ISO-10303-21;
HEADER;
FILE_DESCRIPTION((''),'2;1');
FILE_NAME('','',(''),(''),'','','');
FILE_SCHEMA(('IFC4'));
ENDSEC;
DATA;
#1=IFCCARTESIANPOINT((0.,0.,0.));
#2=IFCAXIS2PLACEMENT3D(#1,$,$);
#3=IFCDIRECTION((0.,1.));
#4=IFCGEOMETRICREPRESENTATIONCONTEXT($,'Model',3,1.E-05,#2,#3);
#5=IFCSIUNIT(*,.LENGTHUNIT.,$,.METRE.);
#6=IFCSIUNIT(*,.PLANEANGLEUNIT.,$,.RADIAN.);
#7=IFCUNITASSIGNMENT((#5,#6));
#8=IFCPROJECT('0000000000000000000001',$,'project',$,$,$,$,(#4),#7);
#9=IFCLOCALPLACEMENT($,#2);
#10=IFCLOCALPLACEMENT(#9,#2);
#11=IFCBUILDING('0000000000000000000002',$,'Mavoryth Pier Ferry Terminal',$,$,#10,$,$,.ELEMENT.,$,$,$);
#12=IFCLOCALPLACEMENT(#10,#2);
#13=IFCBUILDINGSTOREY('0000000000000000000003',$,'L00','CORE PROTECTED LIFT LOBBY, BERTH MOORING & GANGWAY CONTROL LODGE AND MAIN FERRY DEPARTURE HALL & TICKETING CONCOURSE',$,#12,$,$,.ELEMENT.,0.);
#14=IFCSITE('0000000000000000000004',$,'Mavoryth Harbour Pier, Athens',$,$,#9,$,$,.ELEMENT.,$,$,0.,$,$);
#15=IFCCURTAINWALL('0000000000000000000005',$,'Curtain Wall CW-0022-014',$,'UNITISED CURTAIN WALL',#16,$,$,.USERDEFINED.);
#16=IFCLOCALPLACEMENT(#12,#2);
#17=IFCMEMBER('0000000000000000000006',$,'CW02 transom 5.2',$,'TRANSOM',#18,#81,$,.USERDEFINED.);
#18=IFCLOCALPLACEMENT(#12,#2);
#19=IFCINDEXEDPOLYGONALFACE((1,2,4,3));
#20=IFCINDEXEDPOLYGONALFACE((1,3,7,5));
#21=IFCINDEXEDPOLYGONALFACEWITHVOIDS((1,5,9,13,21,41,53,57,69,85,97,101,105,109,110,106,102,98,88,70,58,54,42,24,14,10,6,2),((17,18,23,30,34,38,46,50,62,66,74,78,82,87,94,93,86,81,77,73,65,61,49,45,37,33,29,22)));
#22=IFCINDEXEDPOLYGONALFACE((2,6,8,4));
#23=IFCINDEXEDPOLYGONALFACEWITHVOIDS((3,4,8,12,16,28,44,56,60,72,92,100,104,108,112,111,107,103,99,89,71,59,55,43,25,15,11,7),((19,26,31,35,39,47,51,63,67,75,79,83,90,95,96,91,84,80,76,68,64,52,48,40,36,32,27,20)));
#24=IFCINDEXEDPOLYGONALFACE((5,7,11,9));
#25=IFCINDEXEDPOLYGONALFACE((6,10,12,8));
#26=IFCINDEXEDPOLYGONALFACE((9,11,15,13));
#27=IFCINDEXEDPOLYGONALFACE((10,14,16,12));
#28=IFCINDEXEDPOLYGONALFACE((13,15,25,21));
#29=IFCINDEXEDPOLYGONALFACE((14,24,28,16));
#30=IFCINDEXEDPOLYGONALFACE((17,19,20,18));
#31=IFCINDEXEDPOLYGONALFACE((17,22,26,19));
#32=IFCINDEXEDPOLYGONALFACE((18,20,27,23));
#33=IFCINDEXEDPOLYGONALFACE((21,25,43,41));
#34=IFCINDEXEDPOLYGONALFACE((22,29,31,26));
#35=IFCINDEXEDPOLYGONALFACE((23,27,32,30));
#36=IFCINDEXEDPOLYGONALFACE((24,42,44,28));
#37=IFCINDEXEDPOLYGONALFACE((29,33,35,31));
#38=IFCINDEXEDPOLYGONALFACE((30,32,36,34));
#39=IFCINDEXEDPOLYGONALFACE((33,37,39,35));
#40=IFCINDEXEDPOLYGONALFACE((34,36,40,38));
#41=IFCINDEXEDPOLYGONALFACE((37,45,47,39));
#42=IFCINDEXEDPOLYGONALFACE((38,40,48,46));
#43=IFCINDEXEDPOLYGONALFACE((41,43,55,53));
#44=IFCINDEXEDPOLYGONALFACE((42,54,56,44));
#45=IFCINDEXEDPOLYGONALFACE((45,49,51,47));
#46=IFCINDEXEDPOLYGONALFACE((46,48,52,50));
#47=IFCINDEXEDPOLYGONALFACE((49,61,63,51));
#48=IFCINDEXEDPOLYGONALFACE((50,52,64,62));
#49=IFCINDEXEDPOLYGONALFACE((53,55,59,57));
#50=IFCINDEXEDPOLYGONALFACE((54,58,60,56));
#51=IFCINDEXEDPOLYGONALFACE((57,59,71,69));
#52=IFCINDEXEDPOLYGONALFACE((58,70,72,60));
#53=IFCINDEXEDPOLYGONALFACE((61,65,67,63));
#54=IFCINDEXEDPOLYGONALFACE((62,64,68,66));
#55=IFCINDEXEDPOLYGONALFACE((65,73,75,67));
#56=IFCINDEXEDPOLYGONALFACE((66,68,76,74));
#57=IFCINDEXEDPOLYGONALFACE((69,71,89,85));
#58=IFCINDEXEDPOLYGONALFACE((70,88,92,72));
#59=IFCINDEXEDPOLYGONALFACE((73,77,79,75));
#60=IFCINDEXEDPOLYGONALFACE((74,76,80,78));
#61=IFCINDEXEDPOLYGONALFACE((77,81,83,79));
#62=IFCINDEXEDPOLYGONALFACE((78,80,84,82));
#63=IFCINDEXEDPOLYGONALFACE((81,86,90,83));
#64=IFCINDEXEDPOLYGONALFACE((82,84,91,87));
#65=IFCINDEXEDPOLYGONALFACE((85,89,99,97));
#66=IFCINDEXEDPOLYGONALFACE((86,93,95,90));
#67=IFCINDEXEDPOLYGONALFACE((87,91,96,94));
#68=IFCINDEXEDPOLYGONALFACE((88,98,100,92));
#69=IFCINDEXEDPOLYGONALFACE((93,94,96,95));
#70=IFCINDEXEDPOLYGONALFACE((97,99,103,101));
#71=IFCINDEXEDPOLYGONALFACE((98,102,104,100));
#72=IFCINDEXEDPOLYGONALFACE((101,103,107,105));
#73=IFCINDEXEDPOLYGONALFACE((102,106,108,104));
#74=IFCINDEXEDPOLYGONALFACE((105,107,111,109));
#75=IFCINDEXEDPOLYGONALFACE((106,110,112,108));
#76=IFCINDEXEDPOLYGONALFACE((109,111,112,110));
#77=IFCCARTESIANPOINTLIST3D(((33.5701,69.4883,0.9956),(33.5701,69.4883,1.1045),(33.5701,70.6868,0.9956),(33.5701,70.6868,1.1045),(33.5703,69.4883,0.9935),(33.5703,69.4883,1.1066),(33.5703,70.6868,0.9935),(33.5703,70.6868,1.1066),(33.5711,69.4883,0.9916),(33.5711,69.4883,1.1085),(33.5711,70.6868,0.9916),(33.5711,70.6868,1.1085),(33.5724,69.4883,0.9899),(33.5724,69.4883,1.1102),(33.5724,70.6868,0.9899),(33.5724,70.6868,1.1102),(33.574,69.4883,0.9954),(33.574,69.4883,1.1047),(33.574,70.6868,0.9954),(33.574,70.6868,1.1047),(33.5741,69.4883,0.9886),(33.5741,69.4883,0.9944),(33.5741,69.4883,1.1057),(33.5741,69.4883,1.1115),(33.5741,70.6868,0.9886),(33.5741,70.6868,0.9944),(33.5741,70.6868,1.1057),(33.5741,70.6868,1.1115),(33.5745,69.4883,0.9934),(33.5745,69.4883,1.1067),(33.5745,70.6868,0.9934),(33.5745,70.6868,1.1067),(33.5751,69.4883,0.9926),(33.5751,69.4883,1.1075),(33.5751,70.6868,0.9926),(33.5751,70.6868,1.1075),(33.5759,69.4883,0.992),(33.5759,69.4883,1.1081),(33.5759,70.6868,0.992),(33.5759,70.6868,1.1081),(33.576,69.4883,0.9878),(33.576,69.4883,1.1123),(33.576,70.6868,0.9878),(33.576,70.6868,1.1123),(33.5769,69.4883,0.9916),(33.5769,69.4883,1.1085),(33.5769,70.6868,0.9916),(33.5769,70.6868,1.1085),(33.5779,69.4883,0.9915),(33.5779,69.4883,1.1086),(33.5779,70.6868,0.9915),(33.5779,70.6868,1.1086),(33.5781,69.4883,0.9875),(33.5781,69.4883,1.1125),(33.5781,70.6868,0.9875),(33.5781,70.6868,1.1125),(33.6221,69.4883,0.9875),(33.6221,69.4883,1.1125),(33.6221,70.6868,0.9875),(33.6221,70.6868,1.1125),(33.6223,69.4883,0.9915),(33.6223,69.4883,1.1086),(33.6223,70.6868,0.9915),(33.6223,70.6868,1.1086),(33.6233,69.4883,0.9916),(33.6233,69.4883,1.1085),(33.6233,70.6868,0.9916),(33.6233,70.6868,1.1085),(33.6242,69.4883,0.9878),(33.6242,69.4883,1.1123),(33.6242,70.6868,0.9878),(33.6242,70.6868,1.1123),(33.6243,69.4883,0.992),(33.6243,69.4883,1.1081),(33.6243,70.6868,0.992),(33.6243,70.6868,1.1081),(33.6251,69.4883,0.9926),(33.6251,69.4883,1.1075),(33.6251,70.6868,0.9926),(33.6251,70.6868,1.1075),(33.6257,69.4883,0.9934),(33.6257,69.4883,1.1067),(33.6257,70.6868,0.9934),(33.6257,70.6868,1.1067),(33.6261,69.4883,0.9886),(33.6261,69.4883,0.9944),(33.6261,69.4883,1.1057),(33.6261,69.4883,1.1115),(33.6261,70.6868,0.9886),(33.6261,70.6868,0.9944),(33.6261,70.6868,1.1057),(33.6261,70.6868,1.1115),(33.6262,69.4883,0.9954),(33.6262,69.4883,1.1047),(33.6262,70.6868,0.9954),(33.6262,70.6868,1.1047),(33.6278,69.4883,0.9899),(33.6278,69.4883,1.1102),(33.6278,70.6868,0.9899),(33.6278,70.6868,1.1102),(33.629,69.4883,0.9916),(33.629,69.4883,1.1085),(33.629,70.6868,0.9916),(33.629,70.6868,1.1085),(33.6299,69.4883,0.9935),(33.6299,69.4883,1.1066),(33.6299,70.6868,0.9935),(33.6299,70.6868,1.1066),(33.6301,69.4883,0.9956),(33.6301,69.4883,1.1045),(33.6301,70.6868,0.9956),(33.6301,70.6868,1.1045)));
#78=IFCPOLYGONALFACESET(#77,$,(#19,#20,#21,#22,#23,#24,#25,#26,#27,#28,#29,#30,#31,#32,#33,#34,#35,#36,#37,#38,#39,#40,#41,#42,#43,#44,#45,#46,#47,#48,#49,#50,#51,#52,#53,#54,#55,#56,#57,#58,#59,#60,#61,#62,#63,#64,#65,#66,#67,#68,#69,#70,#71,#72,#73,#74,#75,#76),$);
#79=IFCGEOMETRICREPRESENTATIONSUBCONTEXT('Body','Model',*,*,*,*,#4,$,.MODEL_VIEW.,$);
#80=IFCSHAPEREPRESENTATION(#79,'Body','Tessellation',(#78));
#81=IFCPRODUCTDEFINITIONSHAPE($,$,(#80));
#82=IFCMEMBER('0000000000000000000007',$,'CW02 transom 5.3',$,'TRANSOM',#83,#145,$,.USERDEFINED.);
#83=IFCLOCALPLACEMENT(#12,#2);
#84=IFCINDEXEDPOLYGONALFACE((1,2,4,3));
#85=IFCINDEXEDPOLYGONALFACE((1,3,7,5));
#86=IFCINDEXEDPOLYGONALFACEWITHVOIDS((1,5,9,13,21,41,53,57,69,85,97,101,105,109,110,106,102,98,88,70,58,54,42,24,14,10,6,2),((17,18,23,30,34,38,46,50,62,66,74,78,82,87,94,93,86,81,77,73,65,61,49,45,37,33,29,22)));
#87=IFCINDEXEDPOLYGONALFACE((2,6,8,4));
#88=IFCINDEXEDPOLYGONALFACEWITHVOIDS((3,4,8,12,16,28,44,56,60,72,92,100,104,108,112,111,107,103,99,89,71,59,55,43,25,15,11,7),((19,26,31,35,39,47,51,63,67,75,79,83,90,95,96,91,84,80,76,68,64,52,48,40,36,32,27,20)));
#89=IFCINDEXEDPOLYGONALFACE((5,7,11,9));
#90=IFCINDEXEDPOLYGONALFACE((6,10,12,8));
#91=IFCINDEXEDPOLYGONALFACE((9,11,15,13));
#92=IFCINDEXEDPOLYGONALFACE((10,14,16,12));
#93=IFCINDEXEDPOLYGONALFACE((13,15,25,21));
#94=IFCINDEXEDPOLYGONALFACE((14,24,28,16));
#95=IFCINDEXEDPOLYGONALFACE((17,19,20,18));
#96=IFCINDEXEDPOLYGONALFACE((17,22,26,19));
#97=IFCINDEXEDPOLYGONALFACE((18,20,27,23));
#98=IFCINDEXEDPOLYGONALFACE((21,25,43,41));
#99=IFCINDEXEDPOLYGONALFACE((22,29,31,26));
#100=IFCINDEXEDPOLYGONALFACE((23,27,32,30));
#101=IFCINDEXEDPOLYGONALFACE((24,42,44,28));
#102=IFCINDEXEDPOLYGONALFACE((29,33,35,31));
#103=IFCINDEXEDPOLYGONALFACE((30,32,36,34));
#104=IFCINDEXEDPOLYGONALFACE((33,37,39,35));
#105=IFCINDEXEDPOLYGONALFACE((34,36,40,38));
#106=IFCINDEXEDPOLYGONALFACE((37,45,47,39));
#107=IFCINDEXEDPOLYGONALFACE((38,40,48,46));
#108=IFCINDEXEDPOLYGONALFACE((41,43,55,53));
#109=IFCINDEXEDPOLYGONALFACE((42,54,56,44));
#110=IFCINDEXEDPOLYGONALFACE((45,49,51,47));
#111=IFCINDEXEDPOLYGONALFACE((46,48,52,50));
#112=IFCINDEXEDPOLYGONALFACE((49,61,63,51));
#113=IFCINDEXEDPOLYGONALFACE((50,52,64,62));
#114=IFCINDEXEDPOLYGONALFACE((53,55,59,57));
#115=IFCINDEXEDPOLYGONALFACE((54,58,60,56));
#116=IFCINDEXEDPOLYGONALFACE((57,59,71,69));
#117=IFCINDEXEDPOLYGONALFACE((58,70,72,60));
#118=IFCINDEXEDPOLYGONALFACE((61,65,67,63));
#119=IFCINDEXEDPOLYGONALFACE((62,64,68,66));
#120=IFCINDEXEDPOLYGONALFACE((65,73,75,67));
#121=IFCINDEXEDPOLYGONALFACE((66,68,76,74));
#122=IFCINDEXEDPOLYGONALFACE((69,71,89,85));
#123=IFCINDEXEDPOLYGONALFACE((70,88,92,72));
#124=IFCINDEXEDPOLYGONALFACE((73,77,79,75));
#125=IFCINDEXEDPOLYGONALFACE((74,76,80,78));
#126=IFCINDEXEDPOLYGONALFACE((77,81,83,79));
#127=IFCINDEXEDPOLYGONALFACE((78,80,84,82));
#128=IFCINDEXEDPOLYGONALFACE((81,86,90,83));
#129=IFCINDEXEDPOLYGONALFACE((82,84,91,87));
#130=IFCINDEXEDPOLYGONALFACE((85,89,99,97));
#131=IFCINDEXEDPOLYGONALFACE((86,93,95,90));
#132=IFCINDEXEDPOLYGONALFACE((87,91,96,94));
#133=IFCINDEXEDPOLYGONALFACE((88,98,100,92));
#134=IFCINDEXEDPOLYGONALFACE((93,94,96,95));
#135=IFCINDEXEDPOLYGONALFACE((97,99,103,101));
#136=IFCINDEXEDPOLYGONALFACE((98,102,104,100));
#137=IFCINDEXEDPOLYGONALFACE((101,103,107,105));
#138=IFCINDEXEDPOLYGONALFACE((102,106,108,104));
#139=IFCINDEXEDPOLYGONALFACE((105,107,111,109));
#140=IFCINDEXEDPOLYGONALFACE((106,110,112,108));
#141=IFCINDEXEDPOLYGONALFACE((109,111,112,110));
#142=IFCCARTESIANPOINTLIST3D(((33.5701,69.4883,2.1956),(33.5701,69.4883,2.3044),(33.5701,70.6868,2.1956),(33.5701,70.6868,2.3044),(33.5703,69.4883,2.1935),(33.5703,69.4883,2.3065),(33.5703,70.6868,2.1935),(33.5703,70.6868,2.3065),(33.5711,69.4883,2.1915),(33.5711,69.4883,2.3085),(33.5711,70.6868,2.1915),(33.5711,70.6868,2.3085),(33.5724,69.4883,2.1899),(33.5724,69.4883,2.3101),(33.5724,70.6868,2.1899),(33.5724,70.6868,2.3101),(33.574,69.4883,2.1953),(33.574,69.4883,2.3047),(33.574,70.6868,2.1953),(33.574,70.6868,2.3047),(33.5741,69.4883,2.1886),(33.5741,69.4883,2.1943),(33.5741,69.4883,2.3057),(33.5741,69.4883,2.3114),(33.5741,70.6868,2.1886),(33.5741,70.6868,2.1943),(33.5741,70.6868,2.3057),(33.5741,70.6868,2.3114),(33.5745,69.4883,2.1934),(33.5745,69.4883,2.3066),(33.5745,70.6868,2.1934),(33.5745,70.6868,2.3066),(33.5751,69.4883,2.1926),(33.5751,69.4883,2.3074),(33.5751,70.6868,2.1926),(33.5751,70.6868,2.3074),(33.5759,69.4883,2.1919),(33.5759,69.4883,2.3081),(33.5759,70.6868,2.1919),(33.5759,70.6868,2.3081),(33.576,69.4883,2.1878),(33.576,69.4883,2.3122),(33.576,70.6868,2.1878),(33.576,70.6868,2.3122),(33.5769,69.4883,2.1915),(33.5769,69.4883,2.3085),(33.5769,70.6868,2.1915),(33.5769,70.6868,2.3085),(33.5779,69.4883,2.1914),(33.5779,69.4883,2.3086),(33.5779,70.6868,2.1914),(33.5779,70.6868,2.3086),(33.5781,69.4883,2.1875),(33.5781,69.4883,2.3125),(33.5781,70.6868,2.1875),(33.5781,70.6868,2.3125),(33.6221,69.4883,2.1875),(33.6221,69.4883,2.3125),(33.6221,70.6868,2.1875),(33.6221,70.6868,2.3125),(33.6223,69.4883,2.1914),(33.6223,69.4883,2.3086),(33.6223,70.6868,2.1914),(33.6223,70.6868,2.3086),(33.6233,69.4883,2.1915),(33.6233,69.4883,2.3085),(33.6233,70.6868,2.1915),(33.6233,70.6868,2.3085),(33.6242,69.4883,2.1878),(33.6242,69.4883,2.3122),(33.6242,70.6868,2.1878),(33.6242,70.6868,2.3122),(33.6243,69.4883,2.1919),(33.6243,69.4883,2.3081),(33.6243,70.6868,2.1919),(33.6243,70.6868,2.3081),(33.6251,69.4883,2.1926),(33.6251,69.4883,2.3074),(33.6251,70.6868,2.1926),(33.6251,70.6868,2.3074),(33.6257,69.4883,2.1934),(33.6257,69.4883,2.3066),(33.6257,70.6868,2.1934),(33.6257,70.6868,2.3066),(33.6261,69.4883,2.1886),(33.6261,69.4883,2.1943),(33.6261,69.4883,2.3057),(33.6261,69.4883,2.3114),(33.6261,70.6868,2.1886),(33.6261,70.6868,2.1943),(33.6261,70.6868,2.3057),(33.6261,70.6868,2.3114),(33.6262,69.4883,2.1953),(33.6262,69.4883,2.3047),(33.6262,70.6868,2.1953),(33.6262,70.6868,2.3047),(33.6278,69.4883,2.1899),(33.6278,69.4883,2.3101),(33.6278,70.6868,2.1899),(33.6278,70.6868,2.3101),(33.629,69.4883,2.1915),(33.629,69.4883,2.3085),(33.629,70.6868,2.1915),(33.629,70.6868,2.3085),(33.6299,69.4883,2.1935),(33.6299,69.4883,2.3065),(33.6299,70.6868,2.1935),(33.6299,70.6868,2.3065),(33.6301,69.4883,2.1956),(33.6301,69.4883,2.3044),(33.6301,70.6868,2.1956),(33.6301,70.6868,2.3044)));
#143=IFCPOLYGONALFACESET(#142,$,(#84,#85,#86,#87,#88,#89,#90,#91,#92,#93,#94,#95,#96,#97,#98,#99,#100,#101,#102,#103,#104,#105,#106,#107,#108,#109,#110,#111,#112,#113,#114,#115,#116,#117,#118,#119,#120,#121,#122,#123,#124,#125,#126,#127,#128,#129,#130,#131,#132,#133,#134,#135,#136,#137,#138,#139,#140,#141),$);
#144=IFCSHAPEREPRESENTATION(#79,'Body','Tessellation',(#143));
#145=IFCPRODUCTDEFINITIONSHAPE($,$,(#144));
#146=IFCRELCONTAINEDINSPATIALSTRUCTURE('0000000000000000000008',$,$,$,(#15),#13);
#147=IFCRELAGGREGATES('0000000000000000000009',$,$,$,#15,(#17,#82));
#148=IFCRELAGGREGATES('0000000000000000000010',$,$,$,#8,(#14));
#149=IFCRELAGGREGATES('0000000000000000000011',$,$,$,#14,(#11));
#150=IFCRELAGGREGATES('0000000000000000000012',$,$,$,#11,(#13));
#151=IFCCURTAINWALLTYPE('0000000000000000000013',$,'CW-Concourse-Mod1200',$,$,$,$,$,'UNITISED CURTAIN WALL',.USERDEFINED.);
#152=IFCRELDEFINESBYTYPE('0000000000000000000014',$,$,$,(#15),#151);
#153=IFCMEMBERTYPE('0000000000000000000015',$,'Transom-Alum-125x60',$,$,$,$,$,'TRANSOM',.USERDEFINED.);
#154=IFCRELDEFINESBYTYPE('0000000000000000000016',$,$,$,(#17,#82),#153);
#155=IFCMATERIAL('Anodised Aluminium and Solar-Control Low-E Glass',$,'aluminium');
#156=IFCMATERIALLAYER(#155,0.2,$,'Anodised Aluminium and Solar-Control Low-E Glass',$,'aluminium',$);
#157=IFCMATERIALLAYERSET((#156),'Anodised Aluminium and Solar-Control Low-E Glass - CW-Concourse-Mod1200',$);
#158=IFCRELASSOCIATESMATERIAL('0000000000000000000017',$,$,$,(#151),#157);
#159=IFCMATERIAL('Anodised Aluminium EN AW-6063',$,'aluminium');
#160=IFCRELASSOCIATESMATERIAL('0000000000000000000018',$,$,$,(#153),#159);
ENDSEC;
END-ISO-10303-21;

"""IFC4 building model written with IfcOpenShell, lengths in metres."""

from ifc_helpers import new_model, si_unit, direction, frame, origin, origin_2d, place, context, subcontext, project, spatial, hollow_rectangle, extrude, material, layer, layer_set, material_profile, profile_set, type_object, element, aggregate, save


model = new_model("IFC4")

# Units and contexts
model_context = context("Model", 3, precision=1e-05, world=origin(), true_north=direction((0.0, 1.0)))
body_context = subcontext(model_context, "Body", "Model", "MODEL_VIEW")
ifc_project = project(units=[si_unit("LENGTHUNIT", "METRE"), si_unit("PLANEANGLEUNIT", "RADIAN")], contexts=[model_context])

# Site, building, storey
site_placement = place(None, origin())
site = spatial("IfcSite", under=ifc_project, at=site_placement, Name="Mavoryth Harbour Pier, Athens", CompositionType="ELEMENT", RefElevation=0.0)
building_placement = place(site_placement, origin())
building = spatial("IfcBuilding", under=site, at=building_placement, Name="Mavoryth Pier Ferry Terminal", CompositionType="ELEMENT")
storey_placement = place(building_placement, origin())
storey = spatial("IfcBuildingStorey", under=building, at=storey_placement, Name="L00", Description="CORE PROTECTED LIFT LOBBY, BERTH MOORING & GANGWAY CONTROL LODGE AND MAIN FERRY DEPARTURE HALL & TICKETING CONCOURSE", CompositionType="ELEMENT", Elevation=0.0)

# Curtain wall
ifc_material_1 = material(Name="Anodised Aluminium and Solar-Control Low-E Glass", Category="aluminium")
ifc_layer_1 = layer(ifc_material_1, 0.2, Name="Anodised Aluminium and Solar-Control Low-E Glass", Category="aluminium")
ifc_layer_set_1 = layer_set([ifc_layer_1], Name="Anodised Aluminium and Solar-Control Low-E Glass - CW-Concourse-Mod1200")
curtain_wall_type = type_object("IfcCurtainWallType", Name="CW-Concourse-Mod1200", ElementType="UNITISED CURTAIN WALL", PredefinedType="USERDEFINED", material=ifc_layer_set_1)
curtain_wall_1_placement = place(storey_placement, origin())
curtain_wall_1 = element("IfcCurtainWall", 1, at=curtain_wall_1_placement, inside=storey, type_object=curtain_wall_type, Name="Curtain Wall CW-0022-014", ObjectType="UNITISED CURTAIN WALL", PredefinedType="USERDEFINED")
ifc_material_2 = material(Name="Anodised Aluminium EN AW-6063", Category="aluminium")

# Members
ifc_material_profile_1 = material_profile(ifc_material_2, hollow_rectangle(XDim=0.0601, YDim=0.125, WallThickness=0.0039, InnerFilletRadius=0.0039, OuterFilletRadius=0.0081, at=origin_2d()), Name="AL-TRAN 125x60x4", Category="aluminium")
ifc_profile_set_1 = profile_set([ifc_material_profile_1], Name="Anodised Aluminium EN AW-6063 - AL-TRAN 125x60x4")
member_type_1 = type_object("IfcMemberType", Name="Transom-Alum-125x60", ElementType="TRANSOM", PredefinedType="USERDEFINED", material=ifc_profile_set_1)
member_1_placement = place(storey_placement, frame((33.6001, 69.4883, 1.05), z_axis=(0.0, 1.0, 0.0), x_axis=(-1.0, 0.0, 0.0)))
member_1 = element("IfcMember", 2, at=member_1_placement, type_object=member_type_1, Name="CW02 transom 5.2", ObjectType="TRANSOM", PredefinedType="USERDEFINED", context=body_context, shape_type="SweptSolid", body=[
    extrude(hollow_rectangle(XDim=0.0601, YDim=0.125, WallThickness=0.0039, InnerFilletRadius=0.0039, OuterFilletRadius=0.0081, at=origin_2d()), origin(), (0.0, 0.0, 1.0), 1.1985),
])
member_2_placement = place(storey_placement, frame((33.6001, 69.4883, 2.25), z_axis=(0.0, 1.0, 0.0), x_axis=(-1.0, 0.0, 0.0)))
member_2 = element("IfcMember", 3, at=member_2_placement, type_object=member_type_1, Name="CW02 transom 5.3", ObjectType="TRANSOM", PredefinedType="USERDEFINED", context=body_context, shape_type="SweptSolid", body=[
    extrude(hollow_rectangle(XDim=0.0601, YDim=0.125, WallThickness=0.0039, InnerFilletRadius=0.0039, OuterFilletRadius=0.0081, at=origin_2d()), origin(), (0.0, 0.0, 1.0), 1.1985),
])

aggregate(curtain_wall_1, [member_1, member_2])

save(model, "model.ifc")
